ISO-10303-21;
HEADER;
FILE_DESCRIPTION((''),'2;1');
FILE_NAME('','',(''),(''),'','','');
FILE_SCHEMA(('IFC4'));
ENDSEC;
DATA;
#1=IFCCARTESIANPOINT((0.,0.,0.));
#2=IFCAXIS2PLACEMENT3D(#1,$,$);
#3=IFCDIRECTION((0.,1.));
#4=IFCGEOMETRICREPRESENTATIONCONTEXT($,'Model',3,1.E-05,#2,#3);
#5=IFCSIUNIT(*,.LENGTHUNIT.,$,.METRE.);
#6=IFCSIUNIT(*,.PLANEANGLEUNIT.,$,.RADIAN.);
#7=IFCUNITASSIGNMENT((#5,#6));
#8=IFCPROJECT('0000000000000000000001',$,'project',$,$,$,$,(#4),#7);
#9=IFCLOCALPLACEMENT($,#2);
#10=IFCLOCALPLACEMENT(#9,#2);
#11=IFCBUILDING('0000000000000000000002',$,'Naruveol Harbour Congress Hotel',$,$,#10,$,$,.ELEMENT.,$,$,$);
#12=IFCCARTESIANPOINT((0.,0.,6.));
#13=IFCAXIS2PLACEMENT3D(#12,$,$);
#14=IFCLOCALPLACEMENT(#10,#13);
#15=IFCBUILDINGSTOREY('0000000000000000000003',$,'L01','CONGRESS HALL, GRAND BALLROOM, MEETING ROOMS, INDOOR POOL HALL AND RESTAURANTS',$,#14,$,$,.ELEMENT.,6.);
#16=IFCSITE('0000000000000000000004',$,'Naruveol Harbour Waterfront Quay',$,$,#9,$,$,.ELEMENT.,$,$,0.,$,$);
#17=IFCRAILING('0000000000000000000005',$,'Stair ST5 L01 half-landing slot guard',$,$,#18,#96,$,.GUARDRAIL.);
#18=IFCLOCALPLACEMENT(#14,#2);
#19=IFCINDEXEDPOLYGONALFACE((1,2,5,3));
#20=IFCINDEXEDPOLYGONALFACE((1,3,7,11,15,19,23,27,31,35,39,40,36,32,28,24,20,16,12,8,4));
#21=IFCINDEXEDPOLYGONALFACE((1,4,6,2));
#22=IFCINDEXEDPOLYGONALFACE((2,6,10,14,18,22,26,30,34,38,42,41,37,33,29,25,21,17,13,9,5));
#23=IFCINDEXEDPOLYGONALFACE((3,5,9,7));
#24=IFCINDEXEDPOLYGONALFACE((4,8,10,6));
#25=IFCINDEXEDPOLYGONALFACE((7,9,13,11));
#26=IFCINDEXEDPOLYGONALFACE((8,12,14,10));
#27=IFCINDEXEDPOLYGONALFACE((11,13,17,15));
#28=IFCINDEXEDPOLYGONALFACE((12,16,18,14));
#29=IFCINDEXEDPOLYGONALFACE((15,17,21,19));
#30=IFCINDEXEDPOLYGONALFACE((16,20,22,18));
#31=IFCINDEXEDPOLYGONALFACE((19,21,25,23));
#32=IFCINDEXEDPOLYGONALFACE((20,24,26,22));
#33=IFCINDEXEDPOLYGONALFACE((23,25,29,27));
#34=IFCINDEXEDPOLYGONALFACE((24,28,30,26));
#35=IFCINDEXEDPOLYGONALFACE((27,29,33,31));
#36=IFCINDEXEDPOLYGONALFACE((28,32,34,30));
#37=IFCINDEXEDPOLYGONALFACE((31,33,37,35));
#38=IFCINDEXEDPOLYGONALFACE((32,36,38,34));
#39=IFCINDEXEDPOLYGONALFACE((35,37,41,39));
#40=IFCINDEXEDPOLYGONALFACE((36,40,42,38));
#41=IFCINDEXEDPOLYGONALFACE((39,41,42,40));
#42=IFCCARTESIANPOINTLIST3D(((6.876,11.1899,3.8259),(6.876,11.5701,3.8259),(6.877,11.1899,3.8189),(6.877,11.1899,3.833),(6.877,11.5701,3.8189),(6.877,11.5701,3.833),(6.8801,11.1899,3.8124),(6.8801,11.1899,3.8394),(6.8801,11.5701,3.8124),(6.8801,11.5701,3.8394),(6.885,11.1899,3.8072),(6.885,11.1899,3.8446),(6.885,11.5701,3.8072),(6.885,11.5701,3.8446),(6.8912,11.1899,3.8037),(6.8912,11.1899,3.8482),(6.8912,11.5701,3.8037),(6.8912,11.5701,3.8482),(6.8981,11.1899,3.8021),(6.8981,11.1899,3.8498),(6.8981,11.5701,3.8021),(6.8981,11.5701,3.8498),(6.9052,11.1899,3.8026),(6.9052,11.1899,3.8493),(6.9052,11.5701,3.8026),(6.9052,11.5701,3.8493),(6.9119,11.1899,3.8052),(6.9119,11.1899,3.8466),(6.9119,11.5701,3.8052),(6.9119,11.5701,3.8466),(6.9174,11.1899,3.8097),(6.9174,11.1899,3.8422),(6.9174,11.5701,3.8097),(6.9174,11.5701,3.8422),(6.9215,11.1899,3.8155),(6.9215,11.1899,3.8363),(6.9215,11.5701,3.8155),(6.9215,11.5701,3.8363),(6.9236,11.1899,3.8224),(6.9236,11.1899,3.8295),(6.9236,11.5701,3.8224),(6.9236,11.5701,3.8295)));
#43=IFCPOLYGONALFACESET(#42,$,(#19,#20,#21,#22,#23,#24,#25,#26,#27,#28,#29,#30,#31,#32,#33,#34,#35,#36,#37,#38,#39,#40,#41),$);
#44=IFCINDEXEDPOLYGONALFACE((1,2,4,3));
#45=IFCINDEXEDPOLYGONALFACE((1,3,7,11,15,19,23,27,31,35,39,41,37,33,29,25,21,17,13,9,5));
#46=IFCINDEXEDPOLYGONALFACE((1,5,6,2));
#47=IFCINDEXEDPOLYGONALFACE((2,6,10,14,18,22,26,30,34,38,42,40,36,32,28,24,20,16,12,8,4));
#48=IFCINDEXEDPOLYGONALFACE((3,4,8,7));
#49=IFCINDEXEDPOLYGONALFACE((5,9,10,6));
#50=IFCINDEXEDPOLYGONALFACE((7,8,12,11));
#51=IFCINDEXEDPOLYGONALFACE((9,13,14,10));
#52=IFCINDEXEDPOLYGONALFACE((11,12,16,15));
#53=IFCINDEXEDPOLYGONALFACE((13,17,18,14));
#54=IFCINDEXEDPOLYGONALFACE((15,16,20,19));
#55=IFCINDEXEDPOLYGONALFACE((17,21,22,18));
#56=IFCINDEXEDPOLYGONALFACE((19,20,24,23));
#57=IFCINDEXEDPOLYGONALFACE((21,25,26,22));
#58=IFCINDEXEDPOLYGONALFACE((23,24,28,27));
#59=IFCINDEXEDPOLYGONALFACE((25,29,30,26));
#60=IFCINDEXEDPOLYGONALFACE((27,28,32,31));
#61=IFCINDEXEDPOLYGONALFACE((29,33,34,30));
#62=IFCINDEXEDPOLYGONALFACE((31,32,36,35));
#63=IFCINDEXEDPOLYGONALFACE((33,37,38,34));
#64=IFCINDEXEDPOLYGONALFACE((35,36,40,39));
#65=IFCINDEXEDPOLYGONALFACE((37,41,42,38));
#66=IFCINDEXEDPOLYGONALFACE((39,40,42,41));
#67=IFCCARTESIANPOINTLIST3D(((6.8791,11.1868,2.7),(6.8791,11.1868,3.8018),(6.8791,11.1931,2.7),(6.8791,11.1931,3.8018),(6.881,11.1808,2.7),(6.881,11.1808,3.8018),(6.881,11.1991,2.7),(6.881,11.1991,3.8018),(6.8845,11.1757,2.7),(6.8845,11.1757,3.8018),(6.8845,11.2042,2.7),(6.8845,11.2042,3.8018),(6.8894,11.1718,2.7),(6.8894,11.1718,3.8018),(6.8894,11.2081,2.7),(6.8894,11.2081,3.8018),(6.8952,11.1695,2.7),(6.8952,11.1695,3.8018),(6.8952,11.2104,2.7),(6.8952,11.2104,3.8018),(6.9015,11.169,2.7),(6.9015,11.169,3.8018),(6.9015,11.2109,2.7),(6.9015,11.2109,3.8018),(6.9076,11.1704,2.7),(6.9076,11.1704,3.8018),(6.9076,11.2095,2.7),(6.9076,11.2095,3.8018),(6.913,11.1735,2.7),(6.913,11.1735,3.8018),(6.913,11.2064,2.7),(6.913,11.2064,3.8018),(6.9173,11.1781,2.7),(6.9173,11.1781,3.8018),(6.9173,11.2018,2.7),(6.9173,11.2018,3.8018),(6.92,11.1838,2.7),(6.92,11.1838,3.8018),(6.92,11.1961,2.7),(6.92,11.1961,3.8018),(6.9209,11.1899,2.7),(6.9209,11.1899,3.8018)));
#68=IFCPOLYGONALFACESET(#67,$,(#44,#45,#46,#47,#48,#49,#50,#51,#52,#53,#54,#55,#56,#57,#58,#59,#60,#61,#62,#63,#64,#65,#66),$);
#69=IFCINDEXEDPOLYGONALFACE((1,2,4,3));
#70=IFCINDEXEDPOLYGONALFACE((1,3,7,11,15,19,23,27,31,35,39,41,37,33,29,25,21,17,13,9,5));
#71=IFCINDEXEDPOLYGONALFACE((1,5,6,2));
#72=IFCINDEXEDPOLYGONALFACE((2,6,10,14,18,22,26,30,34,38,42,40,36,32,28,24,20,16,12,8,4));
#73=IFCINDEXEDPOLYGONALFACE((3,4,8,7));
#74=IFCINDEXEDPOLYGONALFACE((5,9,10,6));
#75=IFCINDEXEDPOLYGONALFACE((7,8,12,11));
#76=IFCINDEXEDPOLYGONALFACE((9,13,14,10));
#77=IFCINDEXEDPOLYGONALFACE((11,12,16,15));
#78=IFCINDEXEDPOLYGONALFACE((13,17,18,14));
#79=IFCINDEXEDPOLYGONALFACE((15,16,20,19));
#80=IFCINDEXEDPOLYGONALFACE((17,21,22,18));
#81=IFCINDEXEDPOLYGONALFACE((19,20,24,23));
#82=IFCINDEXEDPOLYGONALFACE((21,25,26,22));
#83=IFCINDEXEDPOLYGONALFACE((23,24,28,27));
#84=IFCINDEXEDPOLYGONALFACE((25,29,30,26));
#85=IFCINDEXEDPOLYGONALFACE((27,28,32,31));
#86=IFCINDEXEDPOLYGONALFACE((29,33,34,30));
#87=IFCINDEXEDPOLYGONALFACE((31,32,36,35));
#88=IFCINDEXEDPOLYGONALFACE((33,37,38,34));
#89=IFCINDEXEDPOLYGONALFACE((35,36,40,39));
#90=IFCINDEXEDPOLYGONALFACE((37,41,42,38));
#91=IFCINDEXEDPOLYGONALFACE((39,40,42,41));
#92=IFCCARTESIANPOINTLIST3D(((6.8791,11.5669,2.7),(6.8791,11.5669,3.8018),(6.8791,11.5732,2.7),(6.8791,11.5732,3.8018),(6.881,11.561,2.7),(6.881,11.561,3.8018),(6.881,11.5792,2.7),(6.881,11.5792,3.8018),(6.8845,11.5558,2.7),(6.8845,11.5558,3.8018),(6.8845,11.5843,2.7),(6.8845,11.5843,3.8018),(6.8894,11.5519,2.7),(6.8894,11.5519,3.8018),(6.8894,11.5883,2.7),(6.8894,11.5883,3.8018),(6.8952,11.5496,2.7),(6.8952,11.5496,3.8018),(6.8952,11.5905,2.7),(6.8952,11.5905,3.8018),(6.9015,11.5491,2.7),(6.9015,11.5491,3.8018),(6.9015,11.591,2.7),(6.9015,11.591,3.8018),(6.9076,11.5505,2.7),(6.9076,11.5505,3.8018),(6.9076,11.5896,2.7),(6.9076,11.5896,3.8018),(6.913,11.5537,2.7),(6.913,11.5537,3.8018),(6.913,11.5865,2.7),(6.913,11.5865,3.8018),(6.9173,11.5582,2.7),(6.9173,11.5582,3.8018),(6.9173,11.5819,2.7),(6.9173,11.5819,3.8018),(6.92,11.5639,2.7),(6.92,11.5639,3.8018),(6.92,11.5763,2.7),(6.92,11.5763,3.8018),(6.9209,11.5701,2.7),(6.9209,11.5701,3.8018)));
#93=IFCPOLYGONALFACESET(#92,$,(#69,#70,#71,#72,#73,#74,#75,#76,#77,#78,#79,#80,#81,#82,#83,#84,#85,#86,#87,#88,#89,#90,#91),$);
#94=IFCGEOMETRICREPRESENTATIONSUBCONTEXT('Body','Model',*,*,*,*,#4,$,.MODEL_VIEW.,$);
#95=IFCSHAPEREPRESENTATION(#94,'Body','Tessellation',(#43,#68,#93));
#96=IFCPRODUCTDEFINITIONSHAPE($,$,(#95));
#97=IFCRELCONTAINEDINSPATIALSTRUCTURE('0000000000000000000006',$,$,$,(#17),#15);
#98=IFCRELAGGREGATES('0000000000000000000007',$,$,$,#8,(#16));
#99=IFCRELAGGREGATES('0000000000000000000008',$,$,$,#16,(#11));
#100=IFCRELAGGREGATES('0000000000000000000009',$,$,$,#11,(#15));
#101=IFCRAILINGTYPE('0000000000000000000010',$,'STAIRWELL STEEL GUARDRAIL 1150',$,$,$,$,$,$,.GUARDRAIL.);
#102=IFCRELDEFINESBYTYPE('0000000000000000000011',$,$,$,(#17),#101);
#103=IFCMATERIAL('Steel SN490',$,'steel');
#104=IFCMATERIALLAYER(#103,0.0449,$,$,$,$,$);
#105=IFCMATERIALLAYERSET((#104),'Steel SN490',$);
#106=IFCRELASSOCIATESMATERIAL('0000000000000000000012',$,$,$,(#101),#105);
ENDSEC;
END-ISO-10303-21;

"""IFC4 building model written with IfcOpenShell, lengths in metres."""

from ifc_helpers import new_model, si_unit, direction, frame, origin, origin_2d, place, context, subcontext, project, spatial, circle, extrude, material, layer, layer_set, type_object, element, save


model = new_model("IFC4")

# Units and contexts
model_context = context("Model", 3, precision=1e-05, world=origin(), true_north=direction((0.0, 1.0)))
body_context = subcontext(model_context, "Body", "Model", "MODEL_VIEW")
ifc_project = project(units=[si_unit("LENGTHUNIT", "METRE"), si_unit("PLANEANGLEUNIT", "RADIAN")], contexts=[model_context])

# Site, building, storey
site_placement = place(None, origin())
site = spatial("IfcSite", under=ifc_project, at=site_placement, Name="Naruveol Harbour Waterfront Quay", CompositionType="ELEMENT", RefElevation=0.0)
building_placement = place(site_placement, origin())
building = spatial("IfcBuilding", under=site, at=building_placement, Name="Naruveol Harbour Congress Hotel", CompositionType="ELEMENT")
storey_placement = place(building_placement, frame((0.0, 0.0, 6.0)))
storey = spatial("IfcBuildingStorey", under=building, at=storey_placement, Name="L01", Description="CONGRESS HALL, GRAND BALLROOM, MEETING ROOMS, INDOOR POOL HALL AND RESTAURANTS", CompositionType="ELEMENT", Elevation=6.0)

# Railing
ifc_material_1 = material(Name="Steel SN490", Category="steel")
ifc_layer_1 = layer(ifc_material_1, 0.0449)
ifc_layer_set_1 = layer_set([ifc_layer_1], Name="Steel SN490")
railing_type_1 = type_object("IfcRailingType", Name="STAIRWELL STEEL GUARDRAIL 1150", PredefinedType="GUARDRAIL", material=ifc_layer_set_1)
railing_1_placement = place(storey_placement, frame((6.8999, 11.1899, 2.7)))
element("IfcRailing", 1, at=railing_1_placement, inside=storey, type_object=railing_type_1, Name="Stair ST5 L01 half-landing slot guard", PredefinedType="GUARDRAIL", context=body_context, shape_type="SweptSolid", body=[
    extrude(circle(Radius=0.0239, at=origin_2d()), frame((0.0, 0.0, 1.126), z_axis=(0.0, 1.0, 0.0), x_axis=(-1.0, 0.0, 0.0)), (0.0, 0.0, 1.0), 0.3801),
    extrude(circle(Radius=0.021, at=origin_2d()), origin(), (0.0, 0.0, 1.0), 1.1018),
    extrude(circle(Radius=0.021, at=origin_2d()), frame((0.0, 0.3801, 0.0)), (0.0, 0.0, 1.0), 1.1018),
])

save(model, "model.ifc")
